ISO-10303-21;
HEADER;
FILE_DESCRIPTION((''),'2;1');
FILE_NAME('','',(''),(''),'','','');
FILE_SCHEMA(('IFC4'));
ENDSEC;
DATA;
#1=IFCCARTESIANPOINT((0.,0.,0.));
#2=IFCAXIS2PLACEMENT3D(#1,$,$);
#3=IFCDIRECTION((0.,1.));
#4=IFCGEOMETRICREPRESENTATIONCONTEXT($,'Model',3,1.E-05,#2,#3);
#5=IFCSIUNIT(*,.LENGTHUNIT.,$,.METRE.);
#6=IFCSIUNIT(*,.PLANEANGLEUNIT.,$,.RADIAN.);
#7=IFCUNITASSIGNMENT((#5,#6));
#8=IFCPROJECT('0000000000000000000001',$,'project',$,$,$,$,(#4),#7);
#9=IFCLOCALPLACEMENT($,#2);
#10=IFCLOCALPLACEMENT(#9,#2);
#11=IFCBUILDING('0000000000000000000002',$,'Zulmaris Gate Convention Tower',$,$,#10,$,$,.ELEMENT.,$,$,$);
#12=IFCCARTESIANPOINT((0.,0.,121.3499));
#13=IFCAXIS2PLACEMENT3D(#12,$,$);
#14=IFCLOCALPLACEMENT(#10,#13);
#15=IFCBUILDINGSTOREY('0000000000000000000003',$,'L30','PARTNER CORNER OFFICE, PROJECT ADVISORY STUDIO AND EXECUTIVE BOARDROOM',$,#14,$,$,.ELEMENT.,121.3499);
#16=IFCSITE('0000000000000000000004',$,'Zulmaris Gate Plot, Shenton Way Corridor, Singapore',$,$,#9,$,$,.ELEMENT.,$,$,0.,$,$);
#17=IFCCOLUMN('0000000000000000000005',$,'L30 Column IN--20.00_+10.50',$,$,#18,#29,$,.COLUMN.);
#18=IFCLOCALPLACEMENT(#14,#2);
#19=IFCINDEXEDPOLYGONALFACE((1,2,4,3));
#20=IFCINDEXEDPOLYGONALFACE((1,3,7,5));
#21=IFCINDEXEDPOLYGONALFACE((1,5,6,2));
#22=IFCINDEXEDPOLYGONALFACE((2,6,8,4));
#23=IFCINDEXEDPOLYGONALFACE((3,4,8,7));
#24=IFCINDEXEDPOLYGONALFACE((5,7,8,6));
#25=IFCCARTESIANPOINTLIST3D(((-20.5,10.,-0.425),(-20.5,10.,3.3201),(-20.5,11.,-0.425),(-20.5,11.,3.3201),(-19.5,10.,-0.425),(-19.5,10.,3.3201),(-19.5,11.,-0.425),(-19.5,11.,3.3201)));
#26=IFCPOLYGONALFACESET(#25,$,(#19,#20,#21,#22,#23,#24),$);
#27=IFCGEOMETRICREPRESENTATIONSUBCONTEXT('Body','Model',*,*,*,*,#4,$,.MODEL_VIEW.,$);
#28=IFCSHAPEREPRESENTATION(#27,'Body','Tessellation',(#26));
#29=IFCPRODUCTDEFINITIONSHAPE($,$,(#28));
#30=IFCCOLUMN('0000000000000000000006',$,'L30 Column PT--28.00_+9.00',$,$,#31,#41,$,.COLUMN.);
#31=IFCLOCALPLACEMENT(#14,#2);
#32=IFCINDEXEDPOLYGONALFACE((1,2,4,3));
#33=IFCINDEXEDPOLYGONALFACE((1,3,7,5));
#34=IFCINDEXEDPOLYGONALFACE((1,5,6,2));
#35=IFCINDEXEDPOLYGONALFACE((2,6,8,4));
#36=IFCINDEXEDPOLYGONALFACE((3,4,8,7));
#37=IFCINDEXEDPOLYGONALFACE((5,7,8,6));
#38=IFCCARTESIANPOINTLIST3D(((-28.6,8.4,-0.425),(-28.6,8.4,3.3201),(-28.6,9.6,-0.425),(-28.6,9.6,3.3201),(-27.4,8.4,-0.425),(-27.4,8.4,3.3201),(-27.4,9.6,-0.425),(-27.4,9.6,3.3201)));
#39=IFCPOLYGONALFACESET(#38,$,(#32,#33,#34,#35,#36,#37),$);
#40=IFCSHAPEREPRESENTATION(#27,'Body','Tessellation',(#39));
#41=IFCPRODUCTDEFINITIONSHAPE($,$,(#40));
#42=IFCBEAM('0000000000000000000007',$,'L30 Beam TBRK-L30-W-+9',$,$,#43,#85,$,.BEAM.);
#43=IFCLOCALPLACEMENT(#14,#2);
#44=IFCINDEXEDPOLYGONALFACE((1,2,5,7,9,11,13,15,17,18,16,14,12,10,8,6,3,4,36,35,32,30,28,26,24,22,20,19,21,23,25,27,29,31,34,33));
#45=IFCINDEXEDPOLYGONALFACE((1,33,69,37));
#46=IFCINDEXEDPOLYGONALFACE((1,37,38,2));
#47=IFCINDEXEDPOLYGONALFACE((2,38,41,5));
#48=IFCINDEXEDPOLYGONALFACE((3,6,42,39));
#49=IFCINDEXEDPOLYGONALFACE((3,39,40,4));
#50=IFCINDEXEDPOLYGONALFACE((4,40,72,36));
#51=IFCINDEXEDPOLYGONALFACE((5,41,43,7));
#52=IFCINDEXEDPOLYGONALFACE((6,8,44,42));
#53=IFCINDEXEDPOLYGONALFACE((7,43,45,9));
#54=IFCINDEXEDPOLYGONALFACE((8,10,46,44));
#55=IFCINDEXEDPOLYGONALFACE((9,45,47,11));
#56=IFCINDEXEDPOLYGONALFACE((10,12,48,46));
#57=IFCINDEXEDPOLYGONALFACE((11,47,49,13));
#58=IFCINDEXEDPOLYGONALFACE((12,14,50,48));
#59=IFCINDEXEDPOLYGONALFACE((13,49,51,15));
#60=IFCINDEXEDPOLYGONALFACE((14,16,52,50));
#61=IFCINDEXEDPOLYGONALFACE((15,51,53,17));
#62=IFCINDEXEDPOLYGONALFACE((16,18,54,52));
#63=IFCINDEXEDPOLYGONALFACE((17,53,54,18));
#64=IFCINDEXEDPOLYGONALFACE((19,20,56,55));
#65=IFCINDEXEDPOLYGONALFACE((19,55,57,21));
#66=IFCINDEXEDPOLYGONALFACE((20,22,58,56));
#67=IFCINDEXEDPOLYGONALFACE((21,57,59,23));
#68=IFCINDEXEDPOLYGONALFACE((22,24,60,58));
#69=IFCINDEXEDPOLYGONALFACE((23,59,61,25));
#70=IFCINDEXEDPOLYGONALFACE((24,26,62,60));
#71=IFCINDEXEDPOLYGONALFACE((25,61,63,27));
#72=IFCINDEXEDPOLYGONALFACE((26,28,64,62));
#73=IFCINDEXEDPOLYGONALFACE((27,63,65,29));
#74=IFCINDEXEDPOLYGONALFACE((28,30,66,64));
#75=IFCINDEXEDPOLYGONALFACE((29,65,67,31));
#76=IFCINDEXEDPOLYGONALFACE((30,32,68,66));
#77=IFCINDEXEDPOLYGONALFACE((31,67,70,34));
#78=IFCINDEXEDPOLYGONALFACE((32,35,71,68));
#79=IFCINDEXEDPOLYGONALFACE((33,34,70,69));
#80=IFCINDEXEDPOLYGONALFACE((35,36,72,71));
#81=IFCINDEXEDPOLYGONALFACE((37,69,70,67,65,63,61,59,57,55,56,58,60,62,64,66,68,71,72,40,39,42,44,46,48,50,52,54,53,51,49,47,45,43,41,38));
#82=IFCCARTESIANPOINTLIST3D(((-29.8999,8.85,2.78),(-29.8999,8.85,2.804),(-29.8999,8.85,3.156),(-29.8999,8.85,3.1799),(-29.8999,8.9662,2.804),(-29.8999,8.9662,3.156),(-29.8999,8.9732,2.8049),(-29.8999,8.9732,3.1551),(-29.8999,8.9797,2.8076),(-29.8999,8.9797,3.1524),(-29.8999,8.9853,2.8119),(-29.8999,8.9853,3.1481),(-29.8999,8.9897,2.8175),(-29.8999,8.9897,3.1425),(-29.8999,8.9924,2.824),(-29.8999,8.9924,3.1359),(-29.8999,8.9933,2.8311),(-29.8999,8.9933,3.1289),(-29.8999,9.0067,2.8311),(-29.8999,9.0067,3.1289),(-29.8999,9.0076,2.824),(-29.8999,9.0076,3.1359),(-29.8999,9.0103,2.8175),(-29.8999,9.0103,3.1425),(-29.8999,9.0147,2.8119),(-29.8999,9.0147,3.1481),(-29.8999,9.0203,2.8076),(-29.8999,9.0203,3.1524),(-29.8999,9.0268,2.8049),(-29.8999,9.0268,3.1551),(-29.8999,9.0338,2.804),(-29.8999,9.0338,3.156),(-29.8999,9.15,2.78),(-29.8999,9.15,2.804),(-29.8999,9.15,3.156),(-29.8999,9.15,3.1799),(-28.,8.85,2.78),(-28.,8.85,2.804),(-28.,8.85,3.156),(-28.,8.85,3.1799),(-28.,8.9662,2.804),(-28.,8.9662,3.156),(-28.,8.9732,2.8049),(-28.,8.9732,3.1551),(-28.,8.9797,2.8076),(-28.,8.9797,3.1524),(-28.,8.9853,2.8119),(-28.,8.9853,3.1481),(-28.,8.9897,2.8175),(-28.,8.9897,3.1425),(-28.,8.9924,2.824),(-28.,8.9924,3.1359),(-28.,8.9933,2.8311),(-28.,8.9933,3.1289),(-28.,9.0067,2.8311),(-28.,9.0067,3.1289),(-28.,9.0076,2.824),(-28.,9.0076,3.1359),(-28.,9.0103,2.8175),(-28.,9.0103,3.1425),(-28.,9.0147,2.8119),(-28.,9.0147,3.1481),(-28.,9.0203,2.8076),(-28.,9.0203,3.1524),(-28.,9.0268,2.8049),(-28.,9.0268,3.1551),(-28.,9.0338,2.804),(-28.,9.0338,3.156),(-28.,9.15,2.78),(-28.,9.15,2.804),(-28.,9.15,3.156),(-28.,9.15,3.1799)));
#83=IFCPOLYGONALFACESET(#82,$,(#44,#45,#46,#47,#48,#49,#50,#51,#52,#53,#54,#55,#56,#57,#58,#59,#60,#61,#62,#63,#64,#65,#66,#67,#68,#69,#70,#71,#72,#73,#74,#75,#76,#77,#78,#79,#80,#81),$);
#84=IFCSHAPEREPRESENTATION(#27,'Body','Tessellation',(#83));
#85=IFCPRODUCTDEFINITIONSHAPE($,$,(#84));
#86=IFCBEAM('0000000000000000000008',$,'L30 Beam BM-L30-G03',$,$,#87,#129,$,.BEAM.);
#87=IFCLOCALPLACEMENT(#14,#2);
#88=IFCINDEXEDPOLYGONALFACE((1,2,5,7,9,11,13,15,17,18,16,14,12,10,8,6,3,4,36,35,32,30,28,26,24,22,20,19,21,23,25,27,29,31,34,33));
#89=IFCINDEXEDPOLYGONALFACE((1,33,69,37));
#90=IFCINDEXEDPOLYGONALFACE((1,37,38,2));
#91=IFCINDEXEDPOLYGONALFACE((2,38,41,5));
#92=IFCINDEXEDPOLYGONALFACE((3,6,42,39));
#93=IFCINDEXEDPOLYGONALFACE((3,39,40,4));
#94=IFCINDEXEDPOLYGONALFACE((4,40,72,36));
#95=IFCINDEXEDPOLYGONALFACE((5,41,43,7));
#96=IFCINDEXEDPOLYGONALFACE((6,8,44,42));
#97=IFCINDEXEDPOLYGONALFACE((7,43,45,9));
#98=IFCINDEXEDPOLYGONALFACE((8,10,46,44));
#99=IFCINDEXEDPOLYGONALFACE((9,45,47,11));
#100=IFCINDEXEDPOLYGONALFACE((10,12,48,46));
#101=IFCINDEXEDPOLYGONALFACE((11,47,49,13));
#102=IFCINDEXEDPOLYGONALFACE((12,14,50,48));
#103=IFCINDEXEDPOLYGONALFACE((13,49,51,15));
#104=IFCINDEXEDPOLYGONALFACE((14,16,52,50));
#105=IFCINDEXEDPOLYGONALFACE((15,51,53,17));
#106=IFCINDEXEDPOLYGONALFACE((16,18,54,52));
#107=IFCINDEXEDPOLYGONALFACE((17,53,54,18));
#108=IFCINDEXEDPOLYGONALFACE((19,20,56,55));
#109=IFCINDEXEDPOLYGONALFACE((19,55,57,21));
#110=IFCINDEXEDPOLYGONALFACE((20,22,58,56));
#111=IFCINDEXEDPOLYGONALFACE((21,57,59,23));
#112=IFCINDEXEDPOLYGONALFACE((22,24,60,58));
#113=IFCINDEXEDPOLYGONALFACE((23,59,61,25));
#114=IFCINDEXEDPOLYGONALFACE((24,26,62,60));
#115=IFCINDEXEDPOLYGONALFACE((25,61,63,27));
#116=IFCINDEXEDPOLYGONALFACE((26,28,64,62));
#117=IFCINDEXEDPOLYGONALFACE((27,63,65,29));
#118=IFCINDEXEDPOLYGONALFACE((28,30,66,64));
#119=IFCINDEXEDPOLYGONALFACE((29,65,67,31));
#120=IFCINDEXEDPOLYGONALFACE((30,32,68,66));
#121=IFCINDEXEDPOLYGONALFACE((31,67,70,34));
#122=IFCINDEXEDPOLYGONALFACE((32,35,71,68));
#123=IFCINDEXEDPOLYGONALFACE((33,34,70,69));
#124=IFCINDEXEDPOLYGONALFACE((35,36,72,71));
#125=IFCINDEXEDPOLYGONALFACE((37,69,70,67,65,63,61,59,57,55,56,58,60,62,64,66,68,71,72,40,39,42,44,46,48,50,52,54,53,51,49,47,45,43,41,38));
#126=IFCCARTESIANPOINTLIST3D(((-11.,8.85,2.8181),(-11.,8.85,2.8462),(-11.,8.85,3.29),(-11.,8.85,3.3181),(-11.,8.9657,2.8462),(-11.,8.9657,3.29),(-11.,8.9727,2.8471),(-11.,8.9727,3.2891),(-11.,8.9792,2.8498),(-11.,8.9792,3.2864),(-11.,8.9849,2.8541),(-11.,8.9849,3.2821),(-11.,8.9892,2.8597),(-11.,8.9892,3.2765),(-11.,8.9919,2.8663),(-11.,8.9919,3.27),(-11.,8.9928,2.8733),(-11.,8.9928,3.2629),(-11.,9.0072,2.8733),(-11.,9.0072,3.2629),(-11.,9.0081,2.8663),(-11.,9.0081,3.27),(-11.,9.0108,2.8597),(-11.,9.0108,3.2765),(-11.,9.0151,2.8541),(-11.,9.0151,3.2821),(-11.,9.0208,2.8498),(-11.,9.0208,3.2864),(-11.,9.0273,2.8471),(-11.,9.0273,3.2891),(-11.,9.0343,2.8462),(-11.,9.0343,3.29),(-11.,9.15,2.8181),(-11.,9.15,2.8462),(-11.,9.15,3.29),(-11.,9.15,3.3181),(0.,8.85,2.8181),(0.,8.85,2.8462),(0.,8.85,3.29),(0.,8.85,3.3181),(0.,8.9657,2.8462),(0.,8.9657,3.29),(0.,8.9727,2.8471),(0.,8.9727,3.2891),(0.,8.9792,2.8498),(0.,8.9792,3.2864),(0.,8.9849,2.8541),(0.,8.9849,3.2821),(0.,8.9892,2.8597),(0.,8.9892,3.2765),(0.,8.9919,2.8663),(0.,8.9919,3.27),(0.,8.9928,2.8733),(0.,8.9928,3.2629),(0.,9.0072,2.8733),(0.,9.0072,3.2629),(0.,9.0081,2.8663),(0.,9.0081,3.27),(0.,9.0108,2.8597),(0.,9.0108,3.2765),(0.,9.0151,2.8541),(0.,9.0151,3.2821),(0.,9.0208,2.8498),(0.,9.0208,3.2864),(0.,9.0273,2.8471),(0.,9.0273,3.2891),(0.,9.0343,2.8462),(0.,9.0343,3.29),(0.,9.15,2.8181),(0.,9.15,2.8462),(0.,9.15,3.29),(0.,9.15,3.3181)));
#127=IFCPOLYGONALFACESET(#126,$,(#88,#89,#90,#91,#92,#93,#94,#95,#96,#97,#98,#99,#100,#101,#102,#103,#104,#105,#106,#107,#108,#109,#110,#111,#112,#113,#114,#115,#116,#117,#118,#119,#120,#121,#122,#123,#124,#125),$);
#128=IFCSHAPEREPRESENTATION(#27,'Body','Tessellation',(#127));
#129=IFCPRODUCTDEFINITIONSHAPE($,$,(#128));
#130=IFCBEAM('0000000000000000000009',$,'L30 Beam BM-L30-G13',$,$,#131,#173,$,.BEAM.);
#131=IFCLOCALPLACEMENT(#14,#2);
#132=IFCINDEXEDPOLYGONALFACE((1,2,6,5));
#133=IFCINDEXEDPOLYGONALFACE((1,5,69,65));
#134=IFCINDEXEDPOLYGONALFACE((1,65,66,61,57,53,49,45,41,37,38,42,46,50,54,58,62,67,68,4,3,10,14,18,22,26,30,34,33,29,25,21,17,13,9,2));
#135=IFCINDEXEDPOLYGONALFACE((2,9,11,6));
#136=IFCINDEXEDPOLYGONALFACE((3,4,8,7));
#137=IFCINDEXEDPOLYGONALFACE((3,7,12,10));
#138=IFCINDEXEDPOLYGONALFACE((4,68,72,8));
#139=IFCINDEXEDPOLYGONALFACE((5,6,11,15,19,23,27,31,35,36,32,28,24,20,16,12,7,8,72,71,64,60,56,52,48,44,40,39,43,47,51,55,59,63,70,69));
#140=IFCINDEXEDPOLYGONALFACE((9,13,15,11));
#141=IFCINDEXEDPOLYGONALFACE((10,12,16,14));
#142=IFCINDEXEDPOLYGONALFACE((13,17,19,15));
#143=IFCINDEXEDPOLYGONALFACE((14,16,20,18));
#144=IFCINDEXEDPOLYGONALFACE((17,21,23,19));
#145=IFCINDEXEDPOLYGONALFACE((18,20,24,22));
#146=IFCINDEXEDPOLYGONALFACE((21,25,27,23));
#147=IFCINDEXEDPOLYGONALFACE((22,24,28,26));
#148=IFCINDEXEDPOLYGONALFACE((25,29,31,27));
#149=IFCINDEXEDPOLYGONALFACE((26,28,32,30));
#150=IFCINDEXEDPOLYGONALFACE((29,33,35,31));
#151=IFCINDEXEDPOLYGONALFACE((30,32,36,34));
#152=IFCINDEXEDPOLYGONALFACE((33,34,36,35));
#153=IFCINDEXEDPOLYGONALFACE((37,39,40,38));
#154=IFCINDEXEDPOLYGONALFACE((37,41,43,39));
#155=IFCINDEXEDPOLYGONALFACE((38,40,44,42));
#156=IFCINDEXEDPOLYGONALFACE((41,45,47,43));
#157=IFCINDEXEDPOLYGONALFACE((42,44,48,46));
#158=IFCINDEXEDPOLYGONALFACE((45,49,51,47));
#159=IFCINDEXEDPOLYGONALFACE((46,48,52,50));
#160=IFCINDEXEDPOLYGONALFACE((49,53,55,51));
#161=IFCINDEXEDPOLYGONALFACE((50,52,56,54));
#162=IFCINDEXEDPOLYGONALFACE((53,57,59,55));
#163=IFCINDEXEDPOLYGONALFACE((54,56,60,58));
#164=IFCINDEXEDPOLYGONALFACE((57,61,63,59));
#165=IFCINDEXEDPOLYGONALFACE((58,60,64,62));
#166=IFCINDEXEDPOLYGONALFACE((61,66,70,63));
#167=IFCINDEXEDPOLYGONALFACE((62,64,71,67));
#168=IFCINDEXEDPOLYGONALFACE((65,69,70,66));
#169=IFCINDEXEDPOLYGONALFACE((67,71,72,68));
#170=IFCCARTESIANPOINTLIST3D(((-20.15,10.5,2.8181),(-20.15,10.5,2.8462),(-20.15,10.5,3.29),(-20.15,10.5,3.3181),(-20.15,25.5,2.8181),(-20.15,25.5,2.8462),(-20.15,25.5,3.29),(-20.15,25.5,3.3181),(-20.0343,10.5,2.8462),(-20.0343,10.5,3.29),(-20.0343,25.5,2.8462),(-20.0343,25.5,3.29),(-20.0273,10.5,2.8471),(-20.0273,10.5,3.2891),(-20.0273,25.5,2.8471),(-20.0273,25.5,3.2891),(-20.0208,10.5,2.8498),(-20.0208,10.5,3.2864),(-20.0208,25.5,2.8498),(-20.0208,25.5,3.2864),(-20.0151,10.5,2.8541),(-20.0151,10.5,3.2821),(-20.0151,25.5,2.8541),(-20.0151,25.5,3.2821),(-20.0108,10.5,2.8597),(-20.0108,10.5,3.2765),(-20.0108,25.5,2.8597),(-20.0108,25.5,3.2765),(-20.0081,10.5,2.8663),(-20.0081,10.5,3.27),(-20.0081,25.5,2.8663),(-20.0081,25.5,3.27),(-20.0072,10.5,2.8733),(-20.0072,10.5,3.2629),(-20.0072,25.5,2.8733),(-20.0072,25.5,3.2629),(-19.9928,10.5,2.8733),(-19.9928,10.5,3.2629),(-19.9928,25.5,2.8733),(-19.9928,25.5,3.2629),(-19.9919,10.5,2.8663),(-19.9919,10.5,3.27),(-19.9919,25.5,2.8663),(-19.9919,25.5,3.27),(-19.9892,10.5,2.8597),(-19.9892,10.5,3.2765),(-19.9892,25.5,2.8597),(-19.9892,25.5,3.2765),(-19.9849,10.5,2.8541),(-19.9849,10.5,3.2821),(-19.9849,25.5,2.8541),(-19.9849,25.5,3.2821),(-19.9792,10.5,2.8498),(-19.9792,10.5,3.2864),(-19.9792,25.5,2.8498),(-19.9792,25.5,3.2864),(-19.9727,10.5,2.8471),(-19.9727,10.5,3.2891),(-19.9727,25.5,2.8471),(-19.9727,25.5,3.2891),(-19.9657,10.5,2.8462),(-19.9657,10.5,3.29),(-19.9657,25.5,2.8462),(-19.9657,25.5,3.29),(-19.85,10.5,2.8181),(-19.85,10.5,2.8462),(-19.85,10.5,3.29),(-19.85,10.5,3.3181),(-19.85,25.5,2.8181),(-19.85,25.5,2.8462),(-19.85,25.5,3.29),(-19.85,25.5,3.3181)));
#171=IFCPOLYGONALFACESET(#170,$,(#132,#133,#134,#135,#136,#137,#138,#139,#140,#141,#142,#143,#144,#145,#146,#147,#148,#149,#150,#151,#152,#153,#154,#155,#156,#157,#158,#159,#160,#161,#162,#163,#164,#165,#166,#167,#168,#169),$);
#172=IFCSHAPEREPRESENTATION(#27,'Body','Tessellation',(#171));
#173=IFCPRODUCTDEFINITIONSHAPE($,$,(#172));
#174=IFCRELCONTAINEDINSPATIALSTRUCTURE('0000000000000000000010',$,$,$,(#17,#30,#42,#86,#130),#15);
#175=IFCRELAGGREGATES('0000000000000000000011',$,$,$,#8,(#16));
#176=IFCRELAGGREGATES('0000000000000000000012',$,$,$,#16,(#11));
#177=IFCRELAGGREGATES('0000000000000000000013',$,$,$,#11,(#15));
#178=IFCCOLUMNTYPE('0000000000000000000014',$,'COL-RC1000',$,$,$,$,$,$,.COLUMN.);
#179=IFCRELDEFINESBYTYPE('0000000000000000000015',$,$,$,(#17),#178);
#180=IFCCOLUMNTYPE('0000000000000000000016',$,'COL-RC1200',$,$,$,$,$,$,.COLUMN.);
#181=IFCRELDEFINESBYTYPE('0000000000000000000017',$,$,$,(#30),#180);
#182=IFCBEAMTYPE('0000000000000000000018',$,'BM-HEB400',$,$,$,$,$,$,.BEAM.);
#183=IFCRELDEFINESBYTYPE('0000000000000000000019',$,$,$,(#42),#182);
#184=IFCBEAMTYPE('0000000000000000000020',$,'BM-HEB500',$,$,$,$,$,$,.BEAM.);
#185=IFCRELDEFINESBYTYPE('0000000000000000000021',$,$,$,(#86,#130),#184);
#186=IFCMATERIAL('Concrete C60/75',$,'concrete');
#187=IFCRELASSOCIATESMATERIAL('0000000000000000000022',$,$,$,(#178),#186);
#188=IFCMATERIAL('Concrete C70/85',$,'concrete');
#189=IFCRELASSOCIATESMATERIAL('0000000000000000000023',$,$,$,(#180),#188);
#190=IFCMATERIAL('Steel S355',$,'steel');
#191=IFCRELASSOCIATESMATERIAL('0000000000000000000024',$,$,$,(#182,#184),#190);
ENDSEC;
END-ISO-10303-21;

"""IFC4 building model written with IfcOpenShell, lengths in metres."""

from ifc_helpers import new_model, si_unit, direction, frame, origin, origin_2d, place, context, subcontext, project, spatial, rectangle, i_section, extrude, material, material_profile, profile_set, type_object, element, save


model = new_model("IFC4")

# Units and contexts
model_context = context("Model", 3, precision=1e-05, world=origin(), true_north=direction((0.0, 1.0)))
body_context = subcontext(model_context, "Body", "Model", "MODEL_VIEW")
ifc_project = project(units=[si_unit("LENGTHUNIT", "METRE"), si_unit("PLANEANGLEUNIT", "RADIAN")], contexts=[model_context])

# Site, building, storey
site_placement = place(None, origin())
site = spatial("IfcSite", under=ifc_project, at=site_placement, Name="Zulmaris Gate Plot, Shenton Way Corridor, Singapore", CompositionType="ELEMENT", RefElevation=0.0)
building_placement = place(site_placement, origin())
building = spatial("IfcBuilding", under=site, at=building_placement, Name="Zulmaris Gate Convention Tower", CompositionType="ELEMENT")
storey_placement = place(building_placement, frame((0.0, 0.0, 121.3499)))
storey = spatial("IfcBuildingStorey", under=building, at=storey_placement, Name="L30", Description="PARTNER CORNER OFFICE, PROJECT ADVISORY STUDIO AND EXECUTIVE BOARDROOM", CompositionType="ELEMENT", Elevation=121.3499)

# Columns
ifc_material_1 = material(Name="Concrete C60/75", Category="concrete")
ifc_material_profile_1 = material_profile(ifc_material_1, rectangle(XDim=1.0, YDim=1.0, at=origin_2d()), Name="RC COL 1000x1000")
ifc_profile_set_1 = profile_set([ifc_material_profile_1], Name="Concrete C60/75")
column_type_1 = type_object("IfcColumnType", Name="COL-RC1000", PredefinedType="COLUMN", material=ifc_profile_set_1)
column_1_placement = place(storey_placement, frame((-20.0, 10.5, -0.425), z_axis=(0.0, 0.0, 1.0), x_axis=(1.0, 0.0, 0.0)))
element("IfcColumn", 1, at=column_1_placement, inside=storey, type_object=column_type_1, Name="L30 Column IN--20.00_+10.50", PredefinedType="COLUMN", context=body_context, shape_type="SweptSolid", body=[
    extrude(rectangle(XDim=1.0, YDim=1.0, at=origin_2d()), origin(), (0.0, 0.0, 1.0), 3.7451),
])
ifc_material_2 = material(Name="Concrete C70/85", Category="concrete")
ifc_material_profile_2 = material_profile(ifc_material_2, rectangle(XDim=1.2, YDim=1.2, at=origin_2d()), Name="RC COL 1200x1200")
ifc_profile_set_2 = profile_set([ifc_material_profile_2], Name="Concrete C70/85")
column_type_2 = type_object("IfcColumnType", Name="COL-RC1200", PredefinedType="COLUMN", material=ifc_profile_set_2)
column_2_placement = place(storey_placement, frame((-28.0, 9.0, -0.425), z_axis=(0.0, 0.0, 1.0), x_axis=(1.0, 0.0, 0.0)))
element("IfcColumn", 2, at=column_2_placement, inside=storey, type_object=column_type_2, Name="L30 Column PT--28.00_+9.00", PredefinedType="COLUMN", context=body_context, shape_type="SweptSolid", body=[
    extrude(rectangle(XDim=1.2, YDim=1.2, at=origin_2d()), origin(), (0.0, 0.0, 1.0), 3.7451),
])

# Beams
ifc_material_3 = material(Name="Steel S355", Category="steel")
ifc_material_profile_3 = material_profile(ifc_material_3, i_section(OverallWidth=0.3, OverallDepth=0.3999, WebThickness=0.0134, FlangeThickness=0.0239, FilletRadius=0.0271, at=origin_2d()), Name="HEB 400")
ifc_profile_set_3 = profile_set([ifc_material_profile_3], Name="Steel S355")
beam_type_1 = type_object("IfcBeamType", Name="BM-HEB400", PredefinedType="BEAM", material=ifc_profile_set_3)
beam_1_placement = place(storey_placement, frame((-29.8999, 9.0, 2.98), z_axis=(1.0, 0.0, 0.0), x_axis=(0.0, 1.0, 0.0)))
element("IfcBeam", 3, at=beam_1_placement, inside=storey, type_object=beam_type_1, Name="L30 Beam TBRK-L30-W-+9", PredefinedType="BEAM", context=body_context, shape_type="SweptSolid", body=[
    extrude(i_section(OverallWidth=0.3, OverallDepth=0.3999, WebThickness=0.0134, FlangeThickness=0.0239, FilletRadius=0.0271, at=origin_2d()), origin(), (0.0, 0.0, 1.0), 1.8999),
])
ifc_material_profile_4 = material_profile(ifc_material_3, i_section(OverallWidth=0.3, OverallDepth=0.5, WebThickness=0.0144, FlangeThickness=0.0281, FilletRadius=0.0271, at=origin_2d()), Name="HEB 500")
ifc_profile_set_4 = profile_set([ifc_material_profile_4], Name="Steel S355")
beam_type_2 = type_object("IfcBeamType", Name="BM-HEB500", PredefinedType="BEAM", material=ifc_profile_set_4)
beam_2_placement = place(storey_placement, frame((-11.0, 9.0, 3.0681), z_axis=(1.0, 0.0, 0.0), x_axis=(0.0, 1.0, 0.0)))
element("IfcBeam", 4, at=beam_2_placement, inside=storey, type_object=beam_type_2, Name="L30 Beam BM-L30-G03", PredefinedType="BEAM", context=body_context, shape_type="SweptSolid", body=[
    extrude(i_section(OverallWidth=0.3, OverallDepth=0.5, WebThickness=0.0144, FlangeThickness=0.0281, FilletRadius=0.0271, at=origin_2d()), origin(), (0.0, 0.0, 1.0), 11.0),
])
beam_3_placement = place(storey_placement, frame((-20.0, 10.5, 3.0681), z_axis=(0.0, 1.0, 0.0), x_axis=(-1.0, 0.0, 0.0)))
element("IfcBeam", 5, at=beam_3_placement, inside=storey, type_object=beam_type_2, Name="L30 Beam BM-L30-G13", PredefinedType="BEAM", context=body_context, shape_type="SweptSolid", body=[
    extrude(i_section(OverallWidth=0.3, OverallDepth=0.5, WebThickness=0.0144, FlangeThickness=0.0281, FilletRadius=0.0271, at=origin_2d()), origin(), (0.0, 0.0, 1.0), 15.0),
])

save(model, "model.ifc")
